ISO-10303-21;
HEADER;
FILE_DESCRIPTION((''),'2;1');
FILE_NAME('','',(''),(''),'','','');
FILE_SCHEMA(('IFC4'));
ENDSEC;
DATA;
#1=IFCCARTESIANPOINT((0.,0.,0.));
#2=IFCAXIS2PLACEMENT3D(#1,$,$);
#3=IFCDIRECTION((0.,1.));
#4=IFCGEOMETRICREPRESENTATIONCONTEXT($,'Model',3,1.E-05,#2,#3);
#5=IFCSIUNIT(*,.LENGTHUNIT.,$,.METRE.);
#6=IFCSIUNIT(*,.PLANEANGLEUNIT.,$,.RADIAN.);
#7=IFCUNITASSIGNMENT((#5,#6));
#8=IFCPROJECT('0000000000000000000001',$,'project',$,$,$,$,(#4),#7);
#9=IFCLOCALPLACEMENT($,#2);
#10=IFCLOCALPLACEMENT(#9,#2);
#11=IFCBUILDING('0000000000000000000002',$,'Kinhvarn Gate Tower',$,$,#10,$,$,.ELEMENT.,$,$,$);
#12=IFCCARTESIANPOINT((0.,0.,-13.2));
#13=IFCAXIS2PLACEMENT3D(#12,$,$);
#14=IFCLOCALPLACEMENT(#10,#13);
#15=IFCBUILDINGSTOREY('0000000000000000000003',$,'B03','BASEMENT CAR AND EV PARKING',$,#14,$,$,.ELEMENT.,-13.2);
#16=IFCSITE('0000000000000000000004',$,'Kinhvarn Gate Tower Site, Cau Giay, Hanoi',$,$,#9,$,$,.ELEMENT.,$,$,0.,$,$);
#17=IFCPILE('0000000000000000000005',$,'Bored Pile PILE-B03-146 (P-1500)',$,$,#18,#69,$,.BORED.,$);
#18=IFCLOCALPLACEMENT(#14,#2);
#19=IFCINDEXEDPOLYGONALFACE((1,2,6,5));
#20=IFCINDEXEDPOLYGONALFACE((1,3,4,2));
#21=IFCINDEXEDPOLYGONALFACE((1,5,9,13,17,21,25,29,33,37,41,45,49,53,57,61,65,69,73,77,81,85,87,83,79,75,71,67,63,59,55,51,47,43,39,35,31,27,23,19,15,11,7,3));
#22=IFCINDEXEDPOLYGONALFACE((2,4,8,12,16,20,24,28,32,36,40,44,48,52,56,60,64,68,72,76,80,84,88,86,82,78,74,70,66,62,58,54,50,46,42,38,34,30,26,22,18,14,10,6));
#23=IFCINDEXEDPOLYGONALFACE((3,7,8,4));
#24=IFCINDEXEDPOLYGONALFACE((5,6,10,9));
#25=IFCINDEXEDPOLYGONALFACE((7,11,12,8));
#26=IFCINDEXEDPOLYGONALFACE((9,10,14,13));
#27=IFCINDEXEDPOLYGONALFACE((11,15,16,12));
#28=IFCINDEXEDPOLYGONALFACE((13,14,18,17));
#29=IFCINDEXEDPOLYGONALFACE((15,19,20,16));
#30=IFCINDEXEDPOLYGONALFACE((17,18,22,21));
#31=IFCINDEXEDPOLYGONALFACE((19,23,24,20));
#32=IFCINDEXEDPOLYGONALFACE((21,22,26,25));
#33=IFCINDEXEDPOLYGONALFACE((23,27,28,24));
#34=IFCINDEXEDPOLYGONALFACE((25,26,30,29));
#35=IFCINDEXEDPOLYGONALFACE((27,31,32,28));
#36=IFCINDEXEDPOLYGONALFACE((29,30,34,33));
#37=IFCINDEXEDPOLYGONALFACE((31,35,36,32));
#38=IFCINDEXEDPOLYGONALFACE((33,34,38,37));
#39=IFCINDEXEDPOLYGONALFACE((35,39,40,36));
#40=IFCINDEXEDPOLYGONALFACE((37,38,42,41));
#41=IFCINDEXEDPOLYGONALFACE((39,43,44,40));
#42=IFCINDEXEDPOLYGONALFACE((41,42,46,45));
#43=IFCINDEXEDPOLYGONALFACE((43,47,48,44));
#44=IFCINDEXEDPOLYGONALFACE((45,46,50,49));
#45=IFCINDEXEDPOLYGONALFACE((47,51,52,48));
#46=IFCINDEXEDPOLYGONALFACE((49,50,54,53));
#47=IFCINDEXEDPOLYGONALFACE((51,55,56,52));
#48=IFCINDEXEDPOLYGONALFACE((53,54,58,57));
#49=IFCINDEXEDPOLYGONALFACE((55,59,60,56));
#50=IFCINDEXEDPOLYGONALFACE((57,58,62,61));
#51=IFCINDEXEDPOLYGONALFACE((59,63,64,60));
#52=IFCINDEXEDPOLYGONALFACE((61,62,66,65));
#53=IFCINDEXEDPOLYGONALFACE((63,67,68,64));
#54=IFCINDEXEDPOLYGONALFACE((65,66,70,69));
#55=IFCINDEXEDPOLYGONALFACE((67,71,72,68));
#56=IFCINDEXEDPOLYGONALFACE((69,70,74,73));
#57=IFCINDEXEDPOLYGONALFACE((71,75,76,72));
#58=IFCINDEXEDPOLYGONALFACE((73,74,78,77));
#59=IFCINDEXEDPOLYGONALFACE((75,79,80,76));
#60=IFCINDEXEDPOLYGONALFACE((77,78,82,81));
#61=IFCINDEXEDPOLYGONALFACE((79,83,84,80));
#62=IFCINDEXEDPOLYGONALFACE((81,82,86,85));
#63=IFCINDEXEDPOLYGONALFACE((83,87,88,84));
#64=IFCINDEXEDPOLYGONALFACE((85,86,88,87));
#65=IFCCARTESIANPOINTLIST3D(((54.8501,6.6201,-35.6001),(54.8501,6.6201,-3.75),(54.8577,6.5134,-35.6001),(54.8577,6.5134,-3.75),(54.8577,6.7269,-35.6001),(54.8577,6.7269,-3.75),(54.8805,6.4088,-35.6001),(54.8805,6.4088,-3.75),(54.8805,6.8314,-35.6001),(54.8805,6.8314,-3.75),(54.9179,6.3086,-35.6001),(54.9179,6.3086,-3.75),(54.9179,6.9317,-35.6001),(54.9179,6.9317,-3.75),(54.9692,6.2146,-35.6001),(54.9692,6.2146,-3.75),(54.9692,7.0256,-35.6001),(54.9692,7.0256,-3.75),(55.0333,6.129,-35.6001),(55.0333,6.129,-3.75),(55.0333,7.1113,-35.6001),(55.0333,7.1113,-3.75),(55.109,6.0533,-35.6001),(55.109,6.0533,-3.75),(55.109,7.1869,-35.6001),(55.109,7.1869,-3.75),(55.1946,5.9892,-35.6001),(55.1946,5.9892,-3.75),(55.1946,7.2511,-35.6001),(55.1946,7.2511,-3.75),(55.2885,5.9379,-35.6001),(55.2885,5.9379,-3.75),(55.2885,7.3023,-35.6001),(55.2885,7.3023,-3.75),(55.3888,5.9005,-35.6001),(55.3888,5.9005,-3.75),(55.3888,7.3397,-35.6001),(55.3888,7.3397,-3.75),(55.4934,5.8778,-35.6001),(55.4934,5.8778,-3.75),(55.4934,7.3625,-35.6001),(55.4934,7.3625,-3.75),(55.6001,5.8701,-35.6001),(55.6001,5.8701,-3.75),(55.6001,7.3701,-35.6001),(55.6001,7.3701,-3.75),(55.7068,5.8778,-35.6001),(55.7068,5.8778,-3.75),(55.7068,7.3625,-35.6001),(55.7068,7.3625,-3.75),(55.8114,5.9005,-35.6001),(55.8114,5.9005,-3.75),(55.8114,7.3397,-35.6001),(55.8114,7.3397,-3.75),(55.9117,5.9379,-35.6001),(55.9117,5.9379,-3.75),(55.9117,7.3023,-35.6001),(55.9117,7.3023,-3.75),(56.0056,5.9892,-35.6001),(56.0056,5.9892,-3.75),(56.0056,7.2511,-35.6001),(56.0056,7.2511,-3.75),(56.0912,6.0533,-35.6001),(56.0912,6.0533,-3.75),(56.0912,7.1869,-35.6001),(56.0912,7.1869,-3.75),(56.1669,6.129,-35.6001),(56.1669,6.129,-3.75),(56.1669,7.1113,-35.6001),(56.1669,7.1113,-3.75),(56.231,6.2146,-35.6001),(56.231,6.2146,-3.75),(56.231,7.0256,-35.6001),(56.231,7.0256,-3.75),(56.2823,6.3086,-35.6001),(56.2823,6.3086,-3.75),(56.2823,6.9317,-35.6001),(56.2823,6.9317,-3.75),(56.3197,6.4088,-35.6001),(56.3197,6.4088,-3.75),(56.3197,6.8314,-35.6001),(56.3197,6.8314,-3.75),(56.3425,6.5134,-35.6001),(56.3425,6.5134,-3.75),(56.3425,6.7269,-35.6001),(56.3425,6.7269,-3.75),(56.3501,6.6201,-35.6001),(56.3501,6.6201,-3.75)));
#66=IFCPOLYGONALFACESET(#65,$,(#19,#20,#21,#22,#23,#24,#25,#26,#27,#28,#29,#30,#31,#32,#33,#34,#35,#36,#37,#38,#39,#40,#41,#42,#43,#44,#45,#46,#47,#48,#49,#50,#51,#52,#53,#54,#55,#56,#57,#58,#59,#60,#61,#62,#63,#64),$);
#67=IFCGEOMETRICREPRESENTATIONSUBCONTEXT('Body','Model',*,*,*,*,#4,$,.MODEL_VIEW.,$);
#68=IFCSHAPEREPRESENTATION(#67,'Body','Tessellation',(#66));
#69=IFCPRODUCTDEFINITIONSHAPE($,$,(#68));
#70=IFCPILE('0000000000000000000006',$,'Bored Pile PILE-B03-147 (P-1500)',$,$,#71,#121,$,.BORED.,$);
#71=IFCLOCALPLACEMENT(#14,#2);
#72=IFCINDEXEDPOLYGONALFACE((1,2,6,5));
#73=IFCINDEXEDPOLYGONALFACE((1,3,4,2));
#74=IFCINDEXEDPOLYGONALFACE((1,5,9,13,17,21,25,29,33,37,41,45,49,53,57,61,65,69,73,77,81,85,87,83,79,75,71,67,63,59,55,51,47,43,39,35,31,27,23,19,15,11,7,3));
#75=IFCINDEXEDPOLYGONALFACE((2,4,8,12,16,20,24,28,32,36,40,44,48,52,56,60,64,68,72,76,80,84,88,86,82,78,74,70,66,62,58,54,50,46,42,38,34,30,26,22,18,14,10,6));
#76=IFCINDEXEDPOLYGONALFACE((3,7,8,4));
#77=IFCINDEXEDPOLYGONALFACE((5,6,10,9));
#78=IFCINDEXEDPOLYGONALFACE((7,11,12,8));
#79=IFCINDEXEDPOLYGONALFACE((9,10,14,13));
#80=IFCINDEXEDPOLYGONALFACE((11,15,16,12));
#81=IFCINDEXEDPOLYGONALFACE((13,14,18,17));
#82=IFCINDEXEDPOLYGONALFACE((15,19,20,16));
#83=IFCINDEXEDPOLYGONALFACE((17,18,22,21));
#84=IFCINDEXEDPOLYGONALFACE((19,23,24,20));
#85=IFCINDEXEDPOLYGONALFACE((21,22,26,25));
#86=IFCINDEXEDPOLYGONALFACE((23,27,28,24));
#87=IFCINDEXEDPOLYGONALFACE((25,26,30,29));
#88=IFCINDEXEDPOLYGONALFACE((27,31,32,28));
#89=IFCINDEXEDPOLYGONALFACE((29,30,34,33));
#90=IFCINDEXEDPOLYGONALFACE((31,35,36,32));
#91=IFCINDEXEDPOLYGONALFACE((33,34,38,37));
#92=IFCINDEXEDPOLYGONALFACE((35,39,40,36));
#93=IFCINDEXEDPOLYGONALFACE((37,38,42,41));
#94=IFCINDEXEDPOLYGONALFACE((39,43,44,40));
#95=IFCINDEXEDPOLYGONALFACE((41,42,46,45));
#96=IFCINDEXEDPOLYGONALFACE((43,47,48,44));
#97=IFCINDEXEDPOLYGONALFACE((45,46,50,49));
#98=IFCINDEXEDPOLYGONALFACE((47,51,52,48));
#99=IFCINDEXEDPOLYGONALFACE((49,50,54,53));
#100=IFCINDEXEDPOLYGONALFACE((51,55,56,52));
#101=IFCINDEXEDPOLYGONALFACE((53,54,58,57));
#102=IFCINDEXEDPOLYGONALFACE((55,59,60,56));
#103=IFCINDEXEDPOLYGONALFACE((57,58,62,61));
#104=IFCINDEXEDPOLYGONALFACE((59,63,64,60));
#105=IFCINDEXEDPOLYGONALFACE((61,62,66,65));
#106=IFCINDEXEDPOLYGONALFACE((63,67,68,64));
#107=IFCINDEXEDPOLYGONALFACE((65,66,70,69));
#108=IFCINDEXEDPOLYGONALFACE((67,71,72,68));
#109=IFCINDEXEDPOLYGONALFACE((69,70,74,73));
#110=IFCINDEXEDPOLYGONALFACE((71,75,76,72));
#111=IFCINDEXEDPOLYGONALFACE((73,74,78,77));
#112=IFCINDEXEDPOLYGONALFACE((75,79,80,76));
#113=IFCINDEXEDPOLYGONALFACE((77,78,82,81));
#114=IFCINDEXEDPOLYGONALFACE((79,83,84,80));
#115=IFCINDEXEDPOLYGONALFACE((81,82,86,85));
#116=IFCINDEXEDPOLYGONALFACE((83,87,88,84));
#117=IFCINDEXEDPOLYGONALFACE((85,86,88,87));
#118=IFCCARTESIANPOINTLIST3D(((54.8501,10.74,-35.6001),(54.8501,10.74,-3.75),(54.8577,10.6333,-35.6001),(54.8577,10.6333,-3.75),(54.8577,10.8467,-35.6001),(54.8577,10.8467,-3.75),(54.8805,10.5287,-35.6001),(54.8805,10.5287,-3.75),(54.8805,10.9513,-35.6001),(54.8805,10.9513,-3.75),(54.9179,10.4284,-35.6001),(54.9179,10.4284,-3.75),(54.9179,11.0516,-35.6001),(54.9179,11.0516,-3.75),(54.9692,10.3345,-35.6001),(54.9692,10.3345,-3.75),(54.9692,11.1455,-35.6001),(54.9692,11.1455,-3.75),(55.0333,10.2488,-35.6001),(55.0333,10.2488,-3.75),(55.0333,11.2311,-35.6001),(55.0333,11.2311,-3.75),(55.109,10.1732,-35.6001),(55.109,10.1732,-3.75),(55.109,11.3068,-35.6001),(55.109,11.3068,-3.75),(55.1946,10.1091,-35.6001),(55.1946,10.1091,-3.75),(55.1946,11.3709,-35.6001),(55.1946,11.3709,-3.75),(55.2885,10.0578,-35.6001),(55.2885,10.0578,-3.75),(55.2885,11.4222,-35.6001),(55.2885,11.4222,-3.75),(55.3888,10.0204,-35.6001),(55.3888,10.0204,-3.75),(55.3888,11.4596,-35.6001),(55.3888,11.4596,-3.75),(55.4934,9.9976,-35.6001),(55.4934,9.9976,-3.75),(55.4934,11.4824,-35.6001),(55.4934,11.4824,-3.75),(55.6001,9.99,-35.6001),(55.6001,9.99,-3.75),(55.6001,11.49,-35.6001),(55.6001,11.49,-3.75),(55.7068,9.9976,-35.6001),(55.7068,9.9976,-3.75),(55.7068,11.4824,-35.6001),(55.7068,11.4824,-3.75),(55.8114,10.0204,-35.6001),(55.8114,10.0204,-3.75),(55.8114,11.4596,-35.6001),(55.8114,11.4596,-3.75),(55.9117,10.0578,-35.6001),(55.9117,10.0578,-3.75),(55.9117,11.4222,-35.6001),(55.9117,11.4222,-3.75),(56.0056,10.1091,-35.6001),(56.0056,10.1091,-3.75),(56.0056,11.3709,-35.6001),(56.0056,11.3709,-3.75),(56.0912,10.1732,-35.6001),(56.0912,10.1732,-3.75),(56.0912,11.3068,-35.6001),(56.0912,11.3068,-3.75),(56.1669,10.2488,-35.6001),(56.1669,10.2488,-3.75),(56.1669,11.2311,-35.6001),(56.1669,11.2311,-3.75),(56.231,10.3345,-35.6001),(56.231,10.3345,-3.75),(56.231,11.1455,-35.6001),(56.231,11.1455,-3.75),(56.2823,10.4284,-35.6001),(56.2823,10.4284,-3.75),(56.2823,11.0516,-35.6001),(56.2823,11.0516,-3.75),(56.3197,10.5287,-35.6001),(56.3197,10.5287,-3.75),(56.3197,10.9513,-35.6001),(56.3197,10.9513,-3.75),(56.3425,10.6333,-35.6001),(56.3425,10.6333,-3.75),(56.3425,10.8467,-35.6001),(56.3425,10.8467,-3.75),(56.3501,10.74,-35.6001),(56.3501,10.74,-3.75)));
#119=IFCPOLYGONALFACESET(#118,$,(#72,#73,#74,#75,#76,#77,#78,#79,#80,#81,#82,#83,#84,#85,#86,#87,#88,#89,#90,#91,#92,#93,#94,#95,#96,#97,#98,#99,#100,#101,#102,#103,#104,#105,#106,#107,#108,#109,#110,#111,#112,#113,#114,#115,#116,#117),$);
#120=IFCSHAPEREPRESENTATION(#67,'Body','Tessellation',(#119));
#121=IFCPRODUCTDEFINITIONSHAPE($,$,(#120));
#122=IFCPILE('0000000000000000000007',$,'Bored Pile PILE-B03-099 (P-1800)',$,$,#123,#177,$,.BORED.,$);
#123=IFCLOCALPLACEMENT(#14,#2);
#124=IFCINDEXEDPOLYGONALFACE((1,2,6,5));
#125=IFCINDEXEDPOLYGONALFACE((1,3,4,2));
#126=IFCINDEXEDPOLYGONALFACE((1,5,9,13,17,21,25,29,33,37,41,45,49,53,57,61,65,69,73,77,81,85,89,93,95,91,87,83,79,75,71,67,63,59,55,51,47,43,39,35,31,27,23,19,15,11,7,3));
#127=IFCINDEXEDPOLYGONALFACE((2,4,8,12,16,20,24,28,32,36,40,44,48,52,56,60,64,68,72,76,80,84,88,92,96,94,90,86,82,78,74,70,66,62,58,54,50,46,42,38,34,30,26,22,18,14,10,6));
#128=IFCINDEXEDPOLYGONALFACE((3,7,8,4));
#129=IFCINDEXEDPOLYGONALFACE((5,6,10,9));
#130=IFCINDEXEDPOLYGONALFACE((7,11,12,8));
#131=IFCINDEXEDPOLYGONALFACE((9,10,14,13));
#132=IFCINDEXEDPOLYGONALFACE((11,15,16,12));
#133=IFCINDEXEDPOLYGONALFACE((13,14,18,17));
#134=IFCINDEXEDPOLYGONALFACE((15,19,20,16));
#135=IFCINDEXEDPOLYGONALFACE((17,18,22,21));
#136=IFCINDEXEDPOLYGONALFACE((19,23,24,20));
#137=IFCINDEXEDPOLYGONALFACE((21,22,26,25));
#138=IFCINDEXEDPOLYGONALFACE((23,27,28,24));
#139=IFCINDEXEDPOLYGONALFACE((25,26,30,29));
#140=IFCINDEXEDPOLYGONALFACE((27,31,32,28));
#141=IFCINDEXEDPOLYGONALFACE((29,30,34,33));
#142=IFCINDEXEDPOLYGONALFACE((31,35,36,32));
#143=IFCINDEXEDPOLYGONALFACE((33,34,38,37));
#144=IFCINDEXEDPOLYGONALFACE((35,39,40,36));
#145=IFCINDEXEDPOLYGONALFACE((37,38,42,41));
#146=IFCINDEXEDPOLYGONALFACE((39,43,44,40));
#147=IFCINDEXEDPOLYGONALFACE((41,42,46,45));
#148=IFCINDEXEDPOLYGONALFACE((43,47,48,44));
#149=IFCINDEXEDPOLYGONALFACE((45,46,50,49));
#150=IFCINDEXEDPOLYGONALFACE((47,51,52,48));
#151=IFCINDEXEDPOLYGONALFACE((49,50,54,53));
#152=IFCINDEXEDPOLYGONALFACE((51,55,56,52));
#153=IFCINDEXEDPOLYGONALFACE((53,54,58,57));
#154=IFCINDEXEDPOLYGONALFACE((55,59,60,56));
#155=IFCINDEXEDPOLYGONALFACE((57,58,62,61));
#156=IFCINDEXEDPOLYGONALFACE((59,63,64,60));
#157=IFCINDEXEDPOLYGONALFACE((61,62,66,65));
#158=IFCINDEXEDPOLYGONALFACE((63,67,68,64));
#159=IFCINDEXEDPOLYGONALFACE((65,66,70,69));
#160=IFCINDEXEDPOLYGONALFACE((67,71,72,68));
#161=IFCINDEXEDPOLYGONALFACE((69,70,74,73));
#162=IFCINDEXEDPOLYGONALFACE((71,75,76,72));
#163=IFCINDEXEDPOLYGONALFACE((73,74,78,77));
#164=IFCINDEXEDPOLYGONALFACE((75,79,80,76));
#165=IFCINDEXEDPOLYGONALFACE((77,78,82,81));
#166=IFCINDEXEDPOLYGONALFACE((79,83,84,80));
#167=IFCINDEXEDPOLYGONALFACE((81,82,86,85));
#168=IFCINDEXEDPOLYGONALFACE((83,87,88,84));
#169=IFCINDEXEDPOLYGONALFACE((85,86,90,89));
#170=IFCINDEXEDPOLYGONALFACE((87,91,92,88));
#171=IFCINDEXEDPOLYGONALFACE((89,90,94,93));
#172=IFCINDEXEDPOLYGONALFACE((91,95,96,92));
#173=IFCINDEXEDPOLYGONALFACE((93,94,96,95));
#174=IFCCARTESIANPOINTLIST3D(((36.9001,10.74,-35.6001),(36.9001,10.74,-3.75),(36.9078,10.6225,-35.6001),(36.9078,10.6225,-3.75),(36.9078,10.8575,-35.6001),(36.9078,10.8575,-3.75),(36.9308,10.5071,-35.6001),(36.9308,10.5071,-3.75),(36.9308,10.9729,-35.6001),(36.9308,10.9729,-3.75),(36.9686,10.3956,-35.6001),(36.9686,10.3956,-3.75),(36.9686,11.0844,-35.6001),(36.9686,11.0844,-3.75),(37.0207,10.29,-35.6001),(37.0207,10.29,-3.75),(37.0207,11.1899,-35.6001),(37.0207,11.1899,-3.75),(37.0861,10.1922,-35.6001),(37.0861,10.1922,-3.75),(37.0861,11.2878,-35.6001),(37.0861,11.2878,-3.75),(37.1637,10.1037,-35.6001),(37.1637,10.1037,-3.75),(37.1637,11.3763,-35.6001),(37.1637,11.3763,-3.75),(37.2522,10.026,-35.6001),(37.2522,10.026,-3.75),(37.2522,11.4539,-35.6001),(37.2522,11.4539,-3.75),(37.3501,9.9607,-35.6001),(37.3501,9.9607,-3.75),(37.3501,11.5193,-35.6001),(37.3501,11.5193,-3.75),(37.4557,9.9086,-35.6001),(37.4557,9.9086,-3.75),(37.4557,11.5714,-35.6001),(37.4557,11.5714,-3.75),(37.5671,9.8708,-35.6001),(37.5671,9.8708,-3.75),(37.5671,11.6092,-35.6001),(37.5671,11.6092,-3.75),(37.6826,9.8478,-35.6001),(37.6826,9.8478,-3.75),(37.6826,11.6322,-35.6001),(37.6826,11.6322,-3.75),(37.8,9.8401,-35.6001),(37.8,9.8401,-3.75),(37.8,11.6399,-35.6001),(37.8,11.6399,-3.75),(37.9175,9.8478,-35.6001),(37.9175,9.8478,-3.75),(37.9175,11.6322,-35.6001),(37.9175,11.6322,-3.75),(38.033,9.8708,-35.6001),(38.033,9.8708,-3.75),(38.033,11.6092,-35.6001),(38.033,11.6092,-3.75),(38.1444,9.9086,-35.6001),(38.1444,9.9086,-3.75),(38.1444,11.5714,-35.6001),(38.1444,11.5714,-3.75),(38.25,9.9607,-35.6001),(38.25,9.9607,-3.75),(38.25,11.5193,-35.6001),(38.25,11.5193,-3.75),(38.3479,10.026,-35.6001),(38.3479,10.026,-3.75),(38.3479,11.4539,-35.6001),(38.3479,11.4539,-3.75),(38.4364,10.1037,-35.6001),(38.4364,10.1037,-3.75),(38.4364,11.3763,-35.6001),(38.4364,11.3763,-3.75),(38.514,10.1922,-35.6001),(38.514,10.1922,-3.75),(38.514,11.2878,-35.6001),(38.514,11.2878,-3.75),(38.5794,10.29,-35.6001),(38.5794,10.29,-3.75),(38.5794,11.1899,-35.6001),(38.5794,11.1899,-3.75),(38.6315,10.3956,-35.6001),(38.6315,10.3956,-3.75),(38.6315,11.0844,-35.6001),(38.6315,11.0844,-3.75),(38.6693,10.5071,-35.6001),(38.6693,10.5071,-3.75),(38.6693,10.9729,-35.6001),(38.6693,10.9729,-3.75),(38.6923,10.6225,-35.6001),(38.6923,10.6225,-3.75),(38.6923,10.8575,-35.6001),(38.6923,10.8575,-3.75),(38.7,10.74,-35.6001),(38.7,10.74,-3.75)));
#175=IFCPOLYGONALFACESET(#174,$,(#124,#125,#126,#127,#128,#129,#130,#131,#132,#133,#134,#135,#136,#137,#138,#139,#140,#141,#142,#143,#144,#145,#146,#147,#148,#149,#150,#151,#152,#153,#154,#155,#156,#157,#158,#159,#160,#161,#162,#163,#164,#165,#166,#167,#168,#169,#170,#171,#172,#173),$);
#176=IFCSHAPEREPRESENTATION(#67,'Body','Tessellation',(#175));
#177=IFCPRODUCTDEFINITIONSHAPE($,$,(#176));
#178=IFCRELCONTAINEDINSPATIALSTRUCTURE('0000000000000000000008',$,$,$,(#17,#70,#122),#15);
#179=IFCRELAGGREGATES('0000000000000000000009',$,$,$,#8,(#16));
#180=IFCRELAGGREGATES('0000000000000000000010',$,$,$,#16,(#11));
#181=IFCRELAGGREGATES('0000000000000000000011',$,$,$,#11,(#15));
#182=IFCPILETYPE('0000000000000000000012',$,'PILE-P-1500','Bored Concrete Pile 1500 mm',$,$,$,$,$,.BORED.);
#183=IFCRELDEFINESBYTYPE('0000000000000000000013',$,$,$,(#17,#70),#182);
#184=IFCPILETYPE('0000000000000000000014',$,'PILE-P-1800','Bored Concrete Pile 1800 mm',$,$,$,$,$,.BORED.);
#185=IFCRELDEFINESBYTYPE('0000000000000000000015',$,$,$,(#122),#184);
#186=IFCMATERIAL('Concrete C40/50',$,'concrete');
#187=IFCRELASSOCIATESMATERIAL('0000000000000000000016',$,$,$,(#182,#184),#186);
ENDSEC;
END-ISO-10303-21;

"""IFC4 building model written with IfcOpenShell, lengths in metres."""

from ifc_helpers import new_model, si_unit, direction, frame, origin, origin_2d, place, context, subcontext, project, spatial, circle, extrude, material, material_profile, profile_set, type_object, element, save


model = new_model("IFC4")

# Units and contexts
model_context = context("Model", 3, precision=1e-05, world=origin(), true_north=direction((0.0, 1.0)))
body_context = subcontext(model_context, "Body", "Model", "MODEL_VIEW")
ifc_project = project(units=[si_unit("LENGTHUNIT", "METRE"), si_unit("PLANEANGLEUNIT", "RADIAN")], contexts=[model_context])

# Site, building, storey
site_placement = place(None, origin())
site = spatial("IfcSite", under=ifc_project, at=site_placement, Name="Kinhvarn Gate Tower Site, Cau Giay, Hanoi", CompositionType="ELEMENT", RefElevation=0.0)
building_placement = place(site_placement, origin())
building = spatial("IfcBuilding", under=site, at=building_placement, Name="Kinhvarn Gate Tower", CompositionType="ELEMENT")
storey_placement = place(building_placement, frame((0.0, 0.0, -13.2)))
storey = spatial("IfcBuildingStorey", under=building, at=storey_placement, Name="B03", Description="BASEMENT CAR AND EV PARKING", CompositionType="ELEMENT", Elevation=-13.2)

# Piles
ifc_material = material(Name="Concrete C40/50", Category="concrete")
ifc_material_profile_1 = material_profile(ifc_material, circle(Radius=0.75, at=origin_2d()), Name="PILE D1500")
ifc_profile_set_1 = profile_set([ifc_material_profile_1], Name="Concrete C40/50")
pile_type_1 = type_object("IfcPileType", Name="PILE-P-1500", Description="Bored Concrete Pile 1500 mm", PredefinedType="BORED", material=ifc_profile_set_1)
for number, where, z_axis, x_axis, name in (
    (1, (55.6001, 6.6201, -35.6001), (0.0, 0.0, 1.0), (1.0, 0.0, 0.0), "Bored Pile PILE-B03-146 (P-1500)"),
    (2, (55.6001, 10.74, -35.6001), (0.0, 0.0, 1.0), (1.0, 0.0, 0.0), "Bored Pile PILE-B03-147 (P-1500)"),
):
    element("IfcPile", number, at=place(storey_placement, frame(where, z_axis=z_axis, x_axis=x_axis)), inside=storey, type_object=pile_type_1, Name=name, PredefinedType="BORED", context=body_context, shape_type="SweptSolid", body=[
        extrude(circle(Radius=0.75, at=origin_2d()), origin(), (0.0, 0.0, 1.0), 31.8501),
    ])
ifc_material_profile_2 = material_profile(ifc_material, circle(Radius=0.8999, at=origin_2d()), Name="PILE D1800")
ifc_profile_set_2 = profile_set([ifc_material_profile_2], Name="Concrete C40/50")
pile_type_2 = type_object("IfcPileType", Name="PILE-P-1800", Description="Bored Concrete Pile 1800 mm", PredefinedType="BORED", material=ifc_profile_set_2)
for number, where, z_axis, x_axis, name in (
    (3, (37.8, 10.74, -35.6001), (0.0, 0.0, 1.0), (1.0, 0.0, 0.0), "Bored Pile PILE-B03-099 (P-1800)"),
):
    element("IfcPile", number, at=place(storey_placement, frame(where, z_axis=z_axis, x_axis=x_axis)), inside=storey, type_object=pile_type_2, Name=name, PredefinedType="BORED", context=body_context, shape_type="SweptSolid", body=[
        extrude(circle(Radius=0.8999, at=origin_2d()), origin(), (0.0, 0.0, 1.0), 31.8501),
    ])

save(model, "model.ifc")
